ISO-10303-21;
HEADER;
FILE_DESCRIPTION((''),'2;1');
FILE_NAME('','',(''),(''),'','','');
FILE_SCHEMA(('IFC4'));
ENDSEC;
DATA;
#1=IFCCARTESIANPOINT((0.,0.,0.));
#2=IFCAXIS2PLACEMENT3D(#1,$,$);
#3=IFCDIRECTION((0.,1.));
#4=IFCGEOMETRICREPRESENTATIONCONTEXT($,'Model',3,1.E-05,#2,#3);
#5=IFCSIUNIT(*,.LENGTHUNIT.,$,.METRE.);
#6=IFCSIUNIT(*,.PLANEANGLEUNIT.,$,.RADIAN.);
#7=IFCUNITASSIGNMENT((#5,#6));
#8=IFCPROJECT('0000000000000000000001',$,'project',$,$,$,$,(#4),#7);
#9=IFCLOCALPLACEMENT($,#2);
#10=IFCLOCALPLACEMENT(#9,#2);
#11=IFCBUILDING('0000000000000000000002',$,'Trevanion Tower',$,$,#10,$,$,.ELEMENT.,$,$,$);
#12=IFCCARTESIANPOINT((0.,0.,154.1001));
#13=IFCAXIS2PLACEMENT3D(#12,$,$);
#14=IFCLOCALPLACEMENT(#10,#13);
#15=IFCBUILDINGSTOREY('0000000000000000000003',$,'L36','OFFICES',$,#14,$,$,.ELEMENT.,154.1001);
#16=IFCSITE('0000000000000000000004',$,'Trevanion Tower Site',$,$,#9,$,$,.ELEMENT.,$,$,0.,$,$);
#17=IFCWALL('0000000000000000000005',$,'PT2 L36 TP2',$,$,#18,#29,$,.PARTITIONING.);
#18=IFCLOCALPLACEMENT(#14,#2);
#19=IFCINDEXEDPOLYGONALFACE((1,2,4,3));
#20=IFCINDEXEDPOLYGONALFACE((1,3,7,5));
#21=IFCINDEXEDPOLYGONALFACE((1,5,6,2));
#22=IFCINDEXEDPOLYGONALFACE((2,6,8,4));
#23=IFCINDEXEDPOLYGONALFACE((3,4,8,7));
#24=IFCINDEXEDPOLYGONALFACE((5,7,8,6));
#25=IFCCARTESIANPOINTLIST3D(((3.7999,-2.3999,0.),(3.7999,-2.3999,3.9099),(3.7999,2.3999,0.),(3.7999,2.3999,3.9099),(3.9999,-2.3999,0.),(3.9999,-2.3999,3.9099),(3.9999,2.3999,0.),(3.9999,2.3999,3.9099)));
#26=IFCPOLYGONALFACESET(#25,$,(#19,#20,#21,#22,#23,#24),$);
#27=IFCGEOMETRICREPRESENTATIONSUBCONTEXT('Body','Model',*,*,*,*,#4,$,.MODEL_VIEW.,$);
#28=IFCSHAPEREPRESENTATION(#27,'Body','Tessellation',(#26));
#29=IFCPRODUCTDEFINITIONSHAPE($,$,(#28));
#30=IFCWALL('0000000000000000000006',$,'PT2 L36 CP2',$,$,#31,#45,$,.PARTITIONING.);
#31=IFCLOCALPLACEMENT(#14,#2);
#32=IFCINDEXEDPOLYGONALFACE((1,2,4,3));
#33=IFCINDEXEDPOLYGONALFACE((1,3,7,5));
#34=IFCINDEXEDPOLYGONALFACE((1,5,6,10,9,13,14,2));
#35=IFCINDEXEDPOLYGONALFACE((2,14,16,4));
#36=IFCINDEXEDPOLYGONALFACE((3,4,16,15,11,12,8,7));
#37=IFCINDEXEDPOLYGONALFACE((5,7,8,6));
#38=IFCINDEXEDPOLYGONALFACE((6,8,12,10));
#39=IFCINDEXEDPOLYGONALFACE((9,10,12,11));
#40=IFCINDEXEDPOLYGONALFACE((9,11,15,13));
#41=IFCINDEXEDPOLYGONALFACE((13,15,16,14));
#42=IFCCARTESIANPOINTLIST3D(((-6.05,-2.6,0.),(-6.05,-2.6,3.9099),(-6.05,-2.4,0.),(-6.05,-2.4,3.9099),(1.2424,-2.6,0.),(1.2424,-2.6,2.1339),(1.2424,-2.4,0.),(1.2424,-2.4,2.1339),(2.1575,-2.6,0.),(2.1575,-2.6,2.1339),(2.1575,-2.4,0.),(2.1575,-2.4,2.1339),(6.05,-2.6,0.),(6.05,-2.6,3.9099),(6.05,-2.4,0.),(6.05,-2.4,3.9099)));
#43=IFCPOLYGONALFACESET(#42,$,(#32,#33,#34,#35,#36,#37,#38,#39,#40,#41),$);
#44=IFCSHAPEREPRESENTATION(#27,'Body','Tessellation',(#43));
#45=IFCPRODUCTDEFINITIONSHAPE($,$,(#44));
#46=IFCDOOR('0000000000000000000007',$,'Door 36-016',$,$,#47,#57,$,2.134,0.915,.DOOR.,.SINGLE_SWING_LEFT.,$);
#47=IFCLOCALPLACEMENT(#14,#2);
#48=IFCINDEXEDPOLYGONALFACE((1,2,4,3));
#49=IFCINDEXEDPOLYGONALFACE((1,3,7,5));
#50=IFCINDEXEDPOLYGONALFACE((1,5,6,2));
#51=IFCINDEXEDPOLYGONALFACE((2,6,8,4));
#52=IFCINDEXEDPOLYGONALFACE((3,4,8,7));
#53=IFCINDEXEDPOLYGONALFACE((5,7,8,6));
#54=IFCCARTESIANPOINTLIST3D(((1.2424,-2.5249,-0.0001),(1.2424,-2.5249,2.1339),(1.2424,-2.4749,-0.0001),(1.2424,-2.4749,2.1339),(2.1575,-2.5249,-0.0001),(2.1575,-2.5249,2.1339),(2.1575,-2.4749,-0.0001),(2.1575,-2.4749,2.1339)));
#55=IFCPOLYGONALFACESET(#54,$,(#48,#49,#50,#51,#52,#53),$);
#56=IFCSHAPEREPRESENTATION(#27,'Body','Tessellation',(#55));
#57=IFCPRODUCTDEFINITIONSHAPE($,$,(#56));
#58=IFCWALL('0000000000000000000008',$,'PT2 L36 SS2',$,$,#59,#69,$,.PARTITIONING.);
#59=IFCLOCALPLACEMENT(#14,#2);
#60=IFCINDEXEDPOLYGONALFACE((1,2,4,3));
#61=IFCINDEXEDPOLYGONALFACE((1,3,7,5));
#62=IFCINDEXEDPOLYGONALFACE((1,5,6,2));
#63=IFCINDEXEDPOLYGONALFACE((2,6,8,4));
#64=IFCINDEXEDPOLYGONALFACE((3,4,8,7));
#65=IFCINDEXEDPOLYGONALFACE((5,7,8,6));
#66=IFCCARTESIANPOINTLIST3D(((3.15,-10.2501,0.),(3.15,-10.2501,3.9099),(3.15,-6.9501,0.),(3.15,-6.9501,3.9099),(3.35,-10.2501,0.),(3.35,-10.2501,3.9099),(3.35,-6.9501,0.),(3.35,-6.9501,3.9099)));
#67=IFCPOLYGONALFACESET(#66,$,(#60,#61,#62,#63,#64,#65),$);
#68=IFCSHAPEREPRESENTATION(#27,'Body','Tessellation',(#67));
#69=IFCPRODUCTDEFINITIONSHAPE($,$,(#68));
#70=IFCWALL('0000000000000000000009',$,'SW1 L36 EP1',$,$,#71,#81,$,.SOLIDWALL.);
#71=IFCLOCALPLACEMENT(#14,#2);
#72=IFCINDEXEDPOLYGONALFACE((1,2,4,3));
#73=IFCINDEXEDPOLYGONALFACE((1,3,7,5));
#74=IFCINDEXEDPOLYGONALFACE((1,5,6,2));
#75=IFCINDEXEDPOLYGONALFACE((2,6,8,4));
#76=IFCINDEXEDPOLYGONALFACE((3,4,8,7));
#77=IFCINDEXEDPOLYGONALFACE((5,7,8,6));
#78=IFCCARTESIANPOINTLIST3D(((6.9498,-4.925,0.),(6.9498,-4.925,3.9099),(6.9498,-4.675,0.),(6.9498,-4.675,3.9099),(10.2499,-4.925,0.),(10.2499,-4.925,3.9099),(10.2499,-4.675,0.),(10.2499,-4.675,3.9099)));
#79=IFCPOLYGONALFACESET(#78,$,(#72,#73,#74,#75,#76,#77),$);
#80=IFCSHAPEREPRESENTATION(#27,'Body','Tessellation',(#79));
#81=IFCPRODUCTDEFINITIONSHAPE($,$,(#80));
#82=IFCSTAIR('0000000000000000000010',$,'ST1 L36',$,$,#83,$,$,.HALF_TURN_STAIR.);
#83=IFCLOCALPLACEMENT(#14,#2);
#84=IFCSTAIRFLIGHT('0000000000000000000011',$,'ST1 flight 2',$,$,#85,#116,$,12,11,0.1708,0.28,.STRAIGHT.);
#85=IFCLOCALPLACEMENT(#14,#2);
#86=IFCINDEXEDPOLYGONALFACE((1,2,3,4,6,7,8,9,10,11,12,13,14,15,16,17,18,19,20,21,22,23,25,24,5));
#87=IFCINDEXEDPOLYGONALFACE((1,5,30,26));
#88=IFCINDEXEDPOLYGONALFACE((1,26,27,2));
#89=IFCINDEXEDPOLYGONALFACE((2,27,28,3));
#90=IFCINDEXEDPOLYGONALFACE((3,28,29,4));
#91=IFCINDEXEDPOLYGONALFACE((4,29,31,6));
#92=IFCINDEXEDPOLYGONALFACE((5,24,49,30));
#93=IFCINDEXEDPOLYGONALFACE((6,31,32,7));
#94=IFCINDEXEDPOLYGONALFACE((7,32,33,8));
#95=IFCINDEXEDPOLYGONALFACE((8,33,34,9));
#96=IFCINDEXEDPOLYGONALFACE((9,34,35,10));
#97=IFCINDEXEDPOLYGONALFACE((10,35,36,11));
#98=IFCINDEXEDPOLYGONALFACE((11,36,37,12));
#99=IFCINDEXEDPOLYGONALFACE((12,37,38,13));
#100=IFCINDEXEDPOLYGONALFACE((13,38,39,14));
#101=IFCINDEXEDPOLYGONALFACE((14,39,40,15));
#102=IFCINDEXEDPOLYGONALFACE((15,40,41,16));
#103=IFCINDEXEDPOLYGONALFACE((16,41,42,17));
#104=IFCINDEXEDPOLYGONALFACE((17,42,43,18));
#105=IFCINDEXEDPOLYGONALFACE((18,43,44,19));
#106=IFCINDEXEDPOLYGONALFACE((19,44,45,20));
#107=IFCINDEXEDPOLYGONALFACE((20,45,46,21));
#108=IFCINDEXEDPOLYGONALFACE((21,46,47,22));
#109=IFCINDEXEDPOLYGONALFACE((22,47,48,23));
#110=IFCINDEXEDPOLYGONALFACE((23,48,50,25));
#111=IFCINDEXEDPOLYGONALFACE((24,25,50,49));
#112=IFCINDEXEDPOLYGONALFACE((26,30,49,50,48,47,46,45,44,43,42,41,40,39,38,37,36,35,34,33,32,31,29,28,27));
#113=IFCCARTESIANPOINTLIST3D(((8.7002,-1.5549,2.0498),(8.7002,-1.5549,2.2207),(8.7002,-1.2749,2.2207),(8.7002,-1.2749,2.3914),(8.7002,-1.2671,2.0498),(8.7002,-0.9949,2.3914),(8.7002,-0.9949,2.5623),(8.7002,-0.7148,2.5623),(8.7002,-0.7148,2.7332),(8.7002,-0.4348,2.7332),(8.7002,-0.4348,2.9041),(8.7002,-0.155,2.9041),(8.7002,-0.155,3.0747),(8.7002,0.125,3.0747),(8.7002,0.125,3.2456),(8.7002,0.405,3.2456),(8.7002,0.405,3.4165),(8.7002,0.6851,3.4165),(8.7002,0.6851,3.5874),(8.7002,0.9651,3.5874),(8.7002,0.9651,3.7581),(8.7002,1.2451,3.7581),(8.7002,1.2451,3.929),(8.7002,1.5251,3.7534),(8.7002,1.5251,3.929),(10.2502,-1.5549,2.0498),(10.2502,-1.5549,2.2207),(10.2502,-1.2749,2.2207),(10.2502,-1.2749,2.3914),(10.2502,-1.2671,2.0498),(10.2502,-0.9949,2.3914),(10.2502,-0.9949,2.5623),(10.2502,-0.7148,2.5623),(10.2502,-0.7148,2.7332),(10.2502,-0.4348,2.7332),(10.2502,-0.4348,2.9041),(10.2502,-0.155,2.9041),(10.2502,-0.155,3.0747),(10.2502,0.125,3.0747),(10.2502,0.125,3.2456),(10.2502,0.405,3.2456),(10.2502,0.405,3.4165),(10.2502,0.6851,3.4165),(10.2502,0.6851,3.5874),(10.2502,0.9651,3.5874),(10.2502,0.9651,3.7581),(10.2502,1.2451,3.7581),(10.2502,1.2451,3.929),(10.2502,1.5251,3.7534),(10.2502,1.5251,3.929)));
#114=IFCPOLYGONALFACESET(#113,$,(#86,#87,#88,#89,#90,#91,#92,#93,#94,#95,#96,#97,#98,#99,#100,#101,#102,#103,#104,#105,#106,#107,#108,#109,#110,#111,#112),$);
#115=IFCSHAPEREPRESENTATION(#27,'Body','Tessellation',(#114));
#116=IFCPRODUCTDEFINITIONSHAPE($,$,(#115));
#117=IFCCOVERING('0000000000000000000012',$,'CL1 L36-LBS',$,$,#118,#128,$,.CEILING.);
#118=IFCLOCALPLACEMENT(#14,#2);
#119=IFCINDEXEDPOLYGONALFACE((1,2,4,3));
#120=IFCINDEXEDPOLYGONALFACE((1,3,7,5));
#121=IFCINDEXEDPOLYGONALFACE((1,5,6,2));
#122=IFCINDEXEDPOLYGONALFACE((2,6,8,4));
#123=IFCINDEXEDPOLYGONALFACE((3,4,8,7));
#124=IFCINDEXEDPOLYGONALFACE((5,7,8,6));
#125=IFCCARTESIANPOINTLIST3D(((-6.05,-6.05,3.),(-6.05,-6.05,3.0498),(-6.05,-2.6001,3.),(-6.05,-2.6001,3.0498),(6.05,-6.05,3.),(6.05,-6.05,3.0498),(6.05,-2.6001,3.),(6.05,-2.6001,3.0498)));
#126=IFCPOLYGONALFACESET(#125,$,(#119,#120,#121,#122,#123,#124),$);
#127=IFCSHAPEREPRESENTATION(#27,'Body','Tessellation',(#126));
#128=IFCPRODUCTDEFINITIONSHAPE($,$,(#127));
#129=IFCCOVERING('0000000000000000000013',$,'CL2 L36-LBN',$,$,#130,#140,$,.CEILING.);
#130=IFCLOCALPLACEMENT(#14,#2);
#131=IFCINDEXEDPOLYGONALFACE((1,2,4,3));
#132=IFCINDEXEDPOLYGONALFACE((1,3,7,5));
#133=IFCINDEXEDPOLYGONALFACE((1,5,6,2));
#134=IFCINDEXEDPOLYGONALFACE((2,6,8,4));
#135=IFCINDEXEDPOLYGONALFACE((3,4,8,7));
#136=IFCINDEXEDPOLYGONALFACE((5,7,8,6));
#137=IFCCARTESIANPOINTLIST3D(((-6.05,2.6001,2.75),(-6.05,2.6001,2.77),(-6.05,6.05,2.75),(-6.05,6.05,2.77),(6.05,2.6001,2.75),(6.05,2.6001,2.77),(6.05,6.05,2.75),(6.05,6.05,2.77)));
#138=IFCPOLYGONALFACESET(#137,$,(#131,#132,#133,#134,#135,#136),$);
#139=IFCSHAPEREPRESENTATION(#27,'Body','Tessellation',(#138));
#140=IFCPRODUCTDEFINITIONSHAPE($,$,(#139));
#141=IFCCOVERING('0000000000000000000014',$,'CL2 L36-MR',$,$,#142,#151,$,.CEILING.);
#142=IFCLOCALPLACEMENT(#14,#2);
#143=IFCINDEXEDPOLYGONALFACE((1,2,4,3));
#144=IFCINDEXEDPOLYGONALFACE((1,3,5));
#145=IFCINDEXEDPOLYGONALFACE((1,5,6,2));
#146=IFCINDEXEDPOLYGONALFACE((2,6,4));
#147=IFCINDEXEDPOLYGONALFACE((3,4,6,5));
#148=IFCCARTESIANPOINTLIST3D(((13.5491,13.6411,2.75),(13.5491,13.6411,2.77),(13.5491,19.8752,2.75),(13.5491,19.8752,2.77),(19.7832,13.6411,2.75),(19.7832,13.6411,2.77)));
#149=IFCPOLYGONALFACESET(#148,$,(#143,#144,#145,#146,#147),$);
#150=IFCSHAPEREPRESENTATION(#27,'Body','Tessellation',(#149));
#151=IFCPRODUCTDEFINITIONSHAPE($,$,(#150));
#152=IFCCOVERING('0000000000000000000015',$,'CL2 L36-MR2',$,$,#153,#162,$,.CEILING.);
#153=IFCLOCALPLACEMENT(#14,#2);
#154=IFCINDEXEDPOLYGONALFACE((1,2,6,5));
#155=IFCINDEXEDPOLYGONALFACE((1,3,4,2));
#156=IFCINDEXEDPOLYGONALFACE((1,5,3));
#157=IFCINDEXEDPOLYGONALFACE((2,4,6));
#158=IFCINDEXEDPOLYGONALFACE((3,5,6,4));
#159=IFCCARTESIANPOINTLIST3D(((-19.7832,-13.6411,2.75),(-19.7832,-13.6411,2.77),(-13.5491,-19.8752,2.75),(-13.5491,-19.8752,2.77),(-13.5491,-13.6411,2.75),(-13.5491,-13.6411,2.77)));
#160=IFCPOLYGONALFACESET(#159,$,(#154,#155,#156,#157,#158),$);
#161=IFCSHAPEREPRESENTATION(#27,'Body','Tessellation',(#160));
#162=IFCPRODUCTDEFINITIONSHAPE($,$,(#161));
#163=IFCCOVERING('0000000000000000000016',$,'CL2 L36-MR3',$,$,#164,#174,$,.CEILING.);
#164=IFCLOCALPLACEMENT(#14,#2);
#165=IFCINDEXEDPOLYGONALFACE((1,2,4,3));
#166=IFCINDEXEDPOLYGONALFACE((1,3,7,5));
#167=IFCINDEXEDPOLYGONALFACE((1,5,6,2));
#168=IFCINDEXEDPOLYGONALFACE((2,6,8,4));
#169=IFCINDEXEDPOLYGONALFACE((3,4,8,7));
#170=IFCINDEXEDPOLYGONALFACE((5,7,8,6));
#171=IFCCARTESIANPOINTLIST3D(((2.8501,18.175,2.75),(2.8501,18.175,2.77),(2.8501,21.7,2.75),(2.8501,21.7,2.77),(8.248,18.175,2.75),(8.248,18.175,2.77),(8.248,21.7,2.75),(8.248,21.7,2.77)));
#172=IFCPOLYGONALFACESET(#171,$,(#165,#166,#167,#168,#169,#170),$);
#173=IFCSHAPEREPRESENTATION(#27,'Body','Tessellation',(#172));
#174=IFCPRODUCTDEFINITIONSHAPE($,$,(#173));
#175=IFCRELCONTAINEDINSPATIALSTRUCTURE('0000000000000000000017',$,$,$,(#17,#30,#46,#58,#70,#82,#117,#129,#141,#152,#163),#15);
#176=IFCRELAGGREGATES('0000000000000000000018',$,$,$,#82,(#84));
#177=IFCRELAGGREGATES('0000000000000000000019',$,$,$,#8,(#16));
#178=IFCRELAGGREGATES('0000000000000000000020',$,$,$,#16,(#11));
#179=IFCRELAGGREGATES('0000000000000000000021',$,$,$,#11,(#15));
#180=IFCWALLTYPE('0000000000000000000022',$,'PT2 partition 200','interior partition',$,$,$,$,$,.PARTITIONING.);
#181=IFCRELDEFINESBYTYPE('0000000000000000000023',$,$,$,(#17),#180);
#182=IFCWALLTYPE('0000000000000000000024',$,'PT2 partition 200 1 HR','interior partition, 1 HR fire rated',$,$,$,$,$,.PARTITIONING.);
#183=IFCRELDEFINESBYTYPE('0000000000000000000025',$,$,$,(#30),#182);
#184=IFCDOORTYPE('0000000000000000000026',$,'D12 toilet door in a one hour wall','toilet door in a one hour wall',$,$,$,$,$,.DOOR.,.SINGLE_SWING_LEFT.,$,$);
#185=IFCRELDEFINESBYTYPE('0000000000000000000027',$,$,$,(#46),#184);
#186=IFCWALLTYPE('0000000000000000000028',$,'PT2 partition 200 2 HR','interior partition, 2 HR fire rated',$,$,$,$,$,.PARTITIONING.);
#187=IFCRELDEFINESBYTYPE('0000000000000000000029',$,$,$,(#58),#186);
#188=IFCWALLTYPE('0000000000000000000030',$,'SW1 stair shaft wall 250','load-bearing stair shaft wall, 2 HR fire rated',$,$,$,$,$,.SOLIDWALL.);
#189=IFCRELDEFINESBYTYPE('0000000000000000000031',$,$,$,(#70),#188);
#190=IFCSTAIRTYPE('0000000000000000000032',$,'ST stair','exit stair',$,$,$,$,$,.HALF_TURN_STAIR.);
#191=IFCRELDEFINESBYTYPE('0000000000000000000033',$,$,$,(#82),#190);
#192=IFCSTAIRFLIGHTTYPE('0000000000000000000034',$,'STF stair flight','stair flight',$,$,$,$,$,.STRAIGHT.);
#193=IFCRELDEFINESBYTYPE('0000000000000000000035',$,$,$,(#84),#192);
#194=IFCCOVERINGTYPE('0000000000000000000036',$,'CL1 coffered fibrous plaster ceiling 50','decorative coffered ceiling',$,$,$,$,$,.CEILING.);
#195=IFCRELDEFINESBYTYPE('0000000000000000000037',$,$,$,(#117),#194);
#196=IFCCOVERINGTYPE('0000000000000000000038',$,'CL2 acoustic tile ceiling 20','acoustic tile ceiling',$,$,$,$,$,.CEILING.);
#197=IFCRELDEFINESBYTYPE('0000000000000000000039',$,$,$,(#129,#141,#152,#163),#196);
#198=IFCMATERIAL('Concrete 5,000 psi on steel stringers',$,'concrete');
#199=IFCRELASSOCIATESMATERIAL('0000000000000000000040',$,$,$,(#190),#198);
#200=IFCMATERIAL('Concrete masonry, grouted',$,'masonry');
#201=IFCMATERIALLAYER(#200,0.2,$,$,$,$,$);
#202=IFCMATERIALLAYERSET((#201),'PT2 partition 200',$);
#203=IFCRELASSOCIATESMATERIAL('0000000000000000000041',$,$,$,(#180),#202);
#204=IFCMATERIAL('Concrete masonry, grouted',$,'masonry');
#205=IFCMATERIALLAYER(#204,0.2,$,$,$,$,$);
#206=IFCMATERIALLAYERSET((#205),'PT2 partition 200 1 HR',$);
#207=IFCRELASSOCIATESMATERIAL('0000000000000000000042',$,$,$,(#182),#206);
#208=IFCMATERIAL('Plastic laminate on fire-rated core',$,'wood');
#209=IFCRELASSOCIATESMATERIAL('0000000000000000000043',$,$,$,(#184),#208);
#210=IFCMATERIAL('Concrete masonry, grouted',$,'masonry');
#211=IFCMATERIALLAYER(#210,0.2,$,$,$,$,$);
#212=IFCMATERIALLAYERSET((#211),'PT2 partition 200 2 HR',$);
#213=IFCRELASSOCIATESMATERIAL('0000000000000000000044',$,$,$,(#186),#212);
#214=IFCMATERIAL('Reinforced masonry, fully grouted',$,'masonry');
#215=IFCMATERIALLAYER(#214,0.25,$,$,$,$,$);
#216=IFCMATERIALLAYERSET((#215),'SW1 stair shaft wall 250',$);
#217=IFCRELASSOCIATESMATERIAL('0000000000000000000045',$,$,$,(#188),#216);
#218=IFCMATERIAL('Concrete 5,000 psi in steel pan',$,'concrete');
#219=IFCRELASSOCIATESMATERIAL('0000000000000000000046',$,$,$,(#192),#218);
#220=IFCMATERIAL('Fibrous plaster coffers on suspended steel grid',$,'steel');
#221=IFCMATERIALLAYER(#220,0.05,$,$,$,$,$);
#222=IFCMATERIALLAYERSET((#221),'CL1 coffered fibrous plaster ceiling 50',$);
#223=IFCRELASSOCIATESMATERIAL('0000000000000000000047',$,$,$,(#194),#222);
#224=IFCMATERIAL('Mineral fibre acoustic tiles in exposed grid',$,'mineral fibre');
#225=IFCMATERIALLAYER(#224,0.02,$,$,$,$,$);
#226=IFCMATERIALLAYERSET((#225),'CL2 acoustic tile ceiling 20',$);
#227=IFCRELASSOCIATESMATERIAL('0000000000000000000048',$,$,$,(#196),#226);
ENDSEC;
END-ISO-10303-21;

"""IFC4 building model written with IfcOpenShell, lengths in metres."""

from ifc_helpers import new_model, si_unit, direction, frame, frame_2d, origin, place, context, subcontext, project, spatial, polyline, rectangle, outline, extrude, material, layer, layer_set, type_object, element, fill, aggregate, save


model = new_model("IFC4")

# Units and contexts
model_context = context("Model", 3, precision=1e-05, world=origin(), true_north=direction((0.0, 1.0)))
body_context = subcontext(model_context, "Body", "Model", "MODEL_VIEW")
ifc_project = project(units=[si_unit("LENGTHUNIT", "METRE"), si_unit("PLANEANGLEUNIT", "RADIAN")], contexts=[model_context])

# Site, building, storey
site_placement = place(None, origin())
site = spatial("IfcSite", under=ifc_project, at=site_placement, Name="Trevanion Tower Site", CompositionType="ELEMENT", RefElevation=0.0)
building_placement = place(site_placement, origin())
building = spatial("IfcBuilding", under=site, at=building_placement, Name="Trevanion Tower", CompositionType="ELEMENT")
storey_placement = place(building_placement, frame((0.0, 0.0, 154.1001)))
storey = spatial("IfcBuildingStorey", under=building, at=storey_placement, Name="L36", Description="OFFICES", CompositionType="ELEMENT", Elevation=154.1001)

# Shared definitions
ifc_material_1 = material(Name="Concrete 5,000 psi on steel stringers", Category="concrete")
stair_type = type_object("IfcStairType", Name="ST stair", Description="exit stair", PredefinedType="HALF_TURN_STAIR", material=ifc_material_1)

# Wall
ifc_material_2 = material(Name="Concrete masonry, grouted", Category="masonry")
ifc_layer_1 = layer(ifc_material_2, 0.2)
ifc_layer_set_1 = layer_set([ifc_layer_1], Name="PT2 partition 200")
wall_type_1 = type_object("IfcWallType", Name="PT2 partition 200", Description="interior partition", PredefinedType="PARTITIONING", material=ifc_layer_set_1)
wall_1_placement = place(storey_placement, frame((3.8999, -2.3999, 0.0), z_axis=(0.0, 0.0, 1.0), x_axis=(0.0, 1.0, 0.0)))
element("IfcWall", 1, at=wall_1_placement, inside=storey, type_object=wall_type_1, Name="PT2 L36 TP2", PredefinedType="PARTITIONING", context=body_context, shape_type="SweptSolid", body=[
    extrude(rectangle(XDim=4.7998, YDim=0.2, at=frame_2d((2.3999, 0.0))), origin(), (0.0, 0.0, 1.0), 3.9099),
])

# Wall, opening, door
ifc_material_3 = material(Name="Concrete masonry, grouted", Category="masonry")
ifc_layer_2 = layer(ifc_material_3, 0.2)
ifc_layer_set_2 = layer_set([ifc_layer_2], Name="PT2 partition 200 1 HR")
wall_type_2 = type_object("IfcWallType", Name="PT2 partition 200 1 HR", Description="interior partition, 1 HR fire rated", PredefinedType="PARTITIONING", material=ifc_layer_set_2)
wall_2_placement = place(storey_placement, frame((6.05, -2.5, 0.0), z_axis=(0.0, 0.0, 1.0), x_axis=(-1.0, 0.0, 0.0)))
wall_2 = element("IfcWall", 2, at=wall_2_placement, inside=storey, type_object=wall_type_2, Name="PT2 L36 CP2", PredefinedType="PARTITIONING", context=body_context, shape_type="SweptSolid", body=[
    extrude(rectangle(XDim=12.1001, YDim=0.2, at=frame_2d((6.05, 0.0))), origin(), (0.0, 0.0, 1.0), 3.9099),
])
opening_1_placement = place(wall_2_placement, frame((3.8926, 0.0, 0.0)))
opening_1 = element("IfcOpeningElement", 3, at=opening_1_placement, cuts=wall_2, PredefinedType="OPENING", context=body_context, shape_type="SweptSolid", body=[
    extrude(rectangle(XDim=0.915, YDim=2.134, at=frame_2d((0.4575, 1.0669))), frame((0.0, 0.1099, 0.0), z_axis=(0.0, -1.0, 0.0), x_axis=(1.0, 0.0, 0.0)), (0.0, 0.0, 1.0), 0.22),
])
ifc_material_4 = material(Name="Plastic laminate on fire-rated core", Category="wood")
door_type_1 = type_object("IfcDoorType", Name="D12 toilet door in a one hour wall", Description="toilet door in a one hour wall", OperationType="SINGLE_SWING_LEFT", PredefinedType="DOOR", material=ifc_material_4)
door_1_placement = place(opening_1_placement, origin())
door_1 = element("IfcDoor", 4, at=door_1_placement, inside=storey, type_object=door_type_1, Name="Door 36-016", OperationType="SINGLE_SWING_LEFT", OverallHeight=2.134, OverallWidth=0.915, PredefinedType="DOOR", context=body_context, shape_type="SweptSolid", body=[
    extrude(rectangle(XDim=0.915, YDim=2.134, at=frame_2d((0.4575, 1.0669))), frame((0.0, 0.0249, 0.0), z_axis=(0.0, -1.0, 0.0), x_axis=(1.0, 0.0, 0.0)), (0.0, 0.0, 1.0), 0.05),
])
fill(opening_1, door_1)

# Walls
ifc_material_5 = material(Name="Concrete masonry, grouted", Category="masonry")
ifc_layer_3 = layer(ifc_material_5, 0.2)
ifc_layer_set_3 = layer_set([ifc_layer_3], Name="PT2 partition 200 2 HR")
wall_type_3 = type_object("IfcWallType", Name="PT2 partition 200 2 HR", Description="interior partition, 2 HR fire rated", PredefinedType="PARTITIONING", material=ifc_layer_set_3)
wall_3_placement = place(storey_placement, frame((3.25, -10.25, 0.0), z_axis=(0.0, 0.0, 1.0), x_axis=(0.0, 1.0, 0.0)))
element("IfcWall", 5, at=wall_3_placement, inside=storey, type_object=wall_type_3, Name="PT2 L36 SS2", PredefinedType="PARTITIONING", context=body_context, shape_type="SweptSolid", body=[
    extrude(rectangle(XDim=3.3, YDim=0.2, at=frame_2d((1.6499, 0.0))), origin(), (0.0, 0.0, 1.0), 3.9099),
])
ifc_material_6 = material(Name="Reinforced masonry, fully grouted", Category="masonry")
ifc_layer_4 = layer(ifc_material_6, 0.25)
ifc_layer_set_4 = layer_set([ifc_layer_4], Name="SW1 stair shaft wall 250")
wall_type_4 = type_object("IfcWallType", Name="SW1 stair shaft wall 250", Description="load-bearing stair shaft wall, 2 HR fire rated", PredefinedType="SOLIDWALL", material=ifc_layer_set_4)
wall_4_placement = place(storey_placement, frame((6.95, -4.8, 0.0), z_axis=(0.0, 0.0, 1.0), x_axis=(1.0, 0.0, 0.0)))
element("IfcWall", 6, at=wall_4_placement, inside=storey, type_object=wall_type_4, Name="SW1 L36 EP1", PredefinedType="SOLIDWALL", context=body_context, shape_type="SweptSolid", body=[
    extrude(rectangle(XDim=3.3, YDim=0.25, at=frame_2d((1.6499, 0.0))), origin(), (0.0, 0.0, 1.0), 3.9099),
])

# Stair, stair flight
stair_1_placement = place(storey_placement, origin())
stair_1 = element("IfcStair", 7, at=stair_1_placement, inside=storey, type_object=stair_type, Name="ST1 L36", PredefinedType="HALF_TURN_STAIR")
ifc_material_7 = material(Name="Concrete 5,000 psi in steel pan", Category="concrete")
stair_flight_type = type_object("IfcStairFlightType", Name="STF stair flight", Description="stair flight", PredefinedType="STRAIGHT", material=ifc_material_7)
stair_flight_placement = place(storey_placement, frame((9.4751, -1.5549, 2.0498), z_axis=(0.0, 0.0, 1.0), x_axis=(0.0, 1.0, 0.0)))
stair_flight = element("IfcStairFlight", 8, at=stair_flight_placement, type_object=stair_flight_type, Name="ST1 flight 2", NumberOfRisers=12, NumberOfTreads=11, PredefinedType="STRAIGHT", RiserHeight=0.1708, TreadLength=0.28, context=body_context, shape_type="SweptSolid", body=[
    extrude(outline(polyline([(0.0, 0.0), (0.0, 0.1709), (0.28, 0.1709), (0.28, 0.3416), (0.5601, 0.3416), (0.5601, 0.5125), (0.8401, 0.5125), (0.8401, 0.6833), (1.1201, 0.6833), (1.1201, 0.8542), (1.3999, 0.8542), (1.3999, 1.0249), (1.6799, 1.0249), (1.6799, 1.1958), (1.96, 1.1958), (1.96, 1.3667), (2.24, 1.3667), (2.24, 1.5376), (2.52, 1.5376), (2.52, 1.7083), (2.8, 1.7083), (2.8, 1.8792), (3.0801, 1.8792), (3.0801, 2.05), (3.0801, 1.7036), (0.2878, 0.0), (0.0, 0.0)])), frame((0.0, 0.7749, 0.0), z_axis=(0.0, -1.0, 0.0), x_axis=(1.0, 0.0, 0.0)), (0.0, 0.0, 1.0), 1.55),
])
aggregate(stair_1, [stair_flight])

# Coverings
ifc_material_8 = material(Name="Fibrous plaster coffers on suspended steel grid", Category="steel")
ifc_layer_5 = layer(ifc_material_8, 0.05)
ifc_layer_set_5 = layer_set([ifc_layer_5], Name="CL1 coffered fibrous plaster ceiling 50")
covering_type_1 = type_object("IfcCoveringType", Name="CL1 coffered fibrous plaster ceiling 50", Description="decorative coffered ceiling", PredefinedType="CEILING", material=ifc_layer_set_5)
covering_1_placement = place(storey_placement, frame((0.0, 0.0, 3.0)))
element("IfcCovering", 9, at=covering_1_placement, inside=storey, type_object=covering_type_1, Name="CL1 L36-LBS", PredefinedType="CEILING", context=body_context, shape_type="SweptSolid", body=[
    extrude(outline(polyline([(6.05, -6.05), (6.05, -2.6001), (-6.05, -2.6001), (-6.05, -6.05), (6.05, -6.05)])), origin(), (0.0, 0.0, 1.0), 0.0498),
])
ifc_material_9 = material(Name="Mineral fibre acoustic tiles in exposed grid", Category="mineral fibre")
ifc_layer_6 = layer(ifc_material_9, 0.02)
ifc_layer_set_6 = layer_set([ifc_layer_6], Name="CL2 acoustic tile ceiling 20")
covering_type_2 = type_object("IfcCoveringType", Name="CL2 acoustic tile ceiling 20", Description="acoustic tile ceiling", PredefinedType="CEILING", material=ifc_layer_set_6)
covering_2_placement = place(storey_placement, frame((0.0, 0.0, 2.75)))
element("IfcCovering", 10, at=covering_2_placement, inside=storey, type_object=covering_type_2, Name="CL2 L36-LBN", PredefinedType="CEILING", context=body_context, shape_type="SweptSolid", body=[
    extrude(outline(polyline([(6.05, 2.6001), (6.05, 6.05), (-6.05, 6.05), (-6.05, 2.6001), (6.05, 2.6001)])), origin(), (0.0, 0.0, 1.0), 0.02),
])
covering_3_placement = place(storey_placement, frame((0.0, 0.0, 2.75)))
element("IfcCovering", 11, at=covering_3_placement, inside=storey, type_object=covering_type_2, Name="CL2 L36-MR", PredefinedType="CEILING", context=body_context, shape_type="SweptSolid", body=[
    extrude(outline(polyline([(13.5491, 19.8752), (19.7832, 13.6411), (13.5491, 13.6411), (13.5491, 19.8752)])), origin(), (0.0, 0.0, 1.0), 0.02),
])
covering_4_placement = place(storey_placement, frame((0.0, 0.0, 2.75)))
element("IfcCovering", 12, at=covering_4_placement, inside=storey, type_object=covering_type_2, Name="CL2 L36-MR2", PredefinedType="CEILING", context=body_context, shape_type="SweptSolid", body=[
    extrude(outline(polyline([(-13.5491, -19.8752), (-19.7832, -13.6411), (-13.5491, -13.6411), (-13.5491, -19.8752)])), origin(), (0.0, 0.0, 1.0), 0.02),
])
covering_5_placement = place(storey_placement, frame((0.0, 0.0, 2.75)))
element("IfcCovering", 13, at=covering_5_placement, inside=storey, type_object=covering_type_2, Name="CL2 L36-MR3", PredefinedType="CEILING", context=body_context, shape_type="SweptSolid", body=[
    extrude(outline(polyline([(8.248, 18.175), (2.8501, 18.175), (2.8501, 21.7), (8.248, 21.7), (8.248, 18.175)])), origin(), (0.0, 0.0, 1.0), 0.02),
])

save(model, "model.ifc")
